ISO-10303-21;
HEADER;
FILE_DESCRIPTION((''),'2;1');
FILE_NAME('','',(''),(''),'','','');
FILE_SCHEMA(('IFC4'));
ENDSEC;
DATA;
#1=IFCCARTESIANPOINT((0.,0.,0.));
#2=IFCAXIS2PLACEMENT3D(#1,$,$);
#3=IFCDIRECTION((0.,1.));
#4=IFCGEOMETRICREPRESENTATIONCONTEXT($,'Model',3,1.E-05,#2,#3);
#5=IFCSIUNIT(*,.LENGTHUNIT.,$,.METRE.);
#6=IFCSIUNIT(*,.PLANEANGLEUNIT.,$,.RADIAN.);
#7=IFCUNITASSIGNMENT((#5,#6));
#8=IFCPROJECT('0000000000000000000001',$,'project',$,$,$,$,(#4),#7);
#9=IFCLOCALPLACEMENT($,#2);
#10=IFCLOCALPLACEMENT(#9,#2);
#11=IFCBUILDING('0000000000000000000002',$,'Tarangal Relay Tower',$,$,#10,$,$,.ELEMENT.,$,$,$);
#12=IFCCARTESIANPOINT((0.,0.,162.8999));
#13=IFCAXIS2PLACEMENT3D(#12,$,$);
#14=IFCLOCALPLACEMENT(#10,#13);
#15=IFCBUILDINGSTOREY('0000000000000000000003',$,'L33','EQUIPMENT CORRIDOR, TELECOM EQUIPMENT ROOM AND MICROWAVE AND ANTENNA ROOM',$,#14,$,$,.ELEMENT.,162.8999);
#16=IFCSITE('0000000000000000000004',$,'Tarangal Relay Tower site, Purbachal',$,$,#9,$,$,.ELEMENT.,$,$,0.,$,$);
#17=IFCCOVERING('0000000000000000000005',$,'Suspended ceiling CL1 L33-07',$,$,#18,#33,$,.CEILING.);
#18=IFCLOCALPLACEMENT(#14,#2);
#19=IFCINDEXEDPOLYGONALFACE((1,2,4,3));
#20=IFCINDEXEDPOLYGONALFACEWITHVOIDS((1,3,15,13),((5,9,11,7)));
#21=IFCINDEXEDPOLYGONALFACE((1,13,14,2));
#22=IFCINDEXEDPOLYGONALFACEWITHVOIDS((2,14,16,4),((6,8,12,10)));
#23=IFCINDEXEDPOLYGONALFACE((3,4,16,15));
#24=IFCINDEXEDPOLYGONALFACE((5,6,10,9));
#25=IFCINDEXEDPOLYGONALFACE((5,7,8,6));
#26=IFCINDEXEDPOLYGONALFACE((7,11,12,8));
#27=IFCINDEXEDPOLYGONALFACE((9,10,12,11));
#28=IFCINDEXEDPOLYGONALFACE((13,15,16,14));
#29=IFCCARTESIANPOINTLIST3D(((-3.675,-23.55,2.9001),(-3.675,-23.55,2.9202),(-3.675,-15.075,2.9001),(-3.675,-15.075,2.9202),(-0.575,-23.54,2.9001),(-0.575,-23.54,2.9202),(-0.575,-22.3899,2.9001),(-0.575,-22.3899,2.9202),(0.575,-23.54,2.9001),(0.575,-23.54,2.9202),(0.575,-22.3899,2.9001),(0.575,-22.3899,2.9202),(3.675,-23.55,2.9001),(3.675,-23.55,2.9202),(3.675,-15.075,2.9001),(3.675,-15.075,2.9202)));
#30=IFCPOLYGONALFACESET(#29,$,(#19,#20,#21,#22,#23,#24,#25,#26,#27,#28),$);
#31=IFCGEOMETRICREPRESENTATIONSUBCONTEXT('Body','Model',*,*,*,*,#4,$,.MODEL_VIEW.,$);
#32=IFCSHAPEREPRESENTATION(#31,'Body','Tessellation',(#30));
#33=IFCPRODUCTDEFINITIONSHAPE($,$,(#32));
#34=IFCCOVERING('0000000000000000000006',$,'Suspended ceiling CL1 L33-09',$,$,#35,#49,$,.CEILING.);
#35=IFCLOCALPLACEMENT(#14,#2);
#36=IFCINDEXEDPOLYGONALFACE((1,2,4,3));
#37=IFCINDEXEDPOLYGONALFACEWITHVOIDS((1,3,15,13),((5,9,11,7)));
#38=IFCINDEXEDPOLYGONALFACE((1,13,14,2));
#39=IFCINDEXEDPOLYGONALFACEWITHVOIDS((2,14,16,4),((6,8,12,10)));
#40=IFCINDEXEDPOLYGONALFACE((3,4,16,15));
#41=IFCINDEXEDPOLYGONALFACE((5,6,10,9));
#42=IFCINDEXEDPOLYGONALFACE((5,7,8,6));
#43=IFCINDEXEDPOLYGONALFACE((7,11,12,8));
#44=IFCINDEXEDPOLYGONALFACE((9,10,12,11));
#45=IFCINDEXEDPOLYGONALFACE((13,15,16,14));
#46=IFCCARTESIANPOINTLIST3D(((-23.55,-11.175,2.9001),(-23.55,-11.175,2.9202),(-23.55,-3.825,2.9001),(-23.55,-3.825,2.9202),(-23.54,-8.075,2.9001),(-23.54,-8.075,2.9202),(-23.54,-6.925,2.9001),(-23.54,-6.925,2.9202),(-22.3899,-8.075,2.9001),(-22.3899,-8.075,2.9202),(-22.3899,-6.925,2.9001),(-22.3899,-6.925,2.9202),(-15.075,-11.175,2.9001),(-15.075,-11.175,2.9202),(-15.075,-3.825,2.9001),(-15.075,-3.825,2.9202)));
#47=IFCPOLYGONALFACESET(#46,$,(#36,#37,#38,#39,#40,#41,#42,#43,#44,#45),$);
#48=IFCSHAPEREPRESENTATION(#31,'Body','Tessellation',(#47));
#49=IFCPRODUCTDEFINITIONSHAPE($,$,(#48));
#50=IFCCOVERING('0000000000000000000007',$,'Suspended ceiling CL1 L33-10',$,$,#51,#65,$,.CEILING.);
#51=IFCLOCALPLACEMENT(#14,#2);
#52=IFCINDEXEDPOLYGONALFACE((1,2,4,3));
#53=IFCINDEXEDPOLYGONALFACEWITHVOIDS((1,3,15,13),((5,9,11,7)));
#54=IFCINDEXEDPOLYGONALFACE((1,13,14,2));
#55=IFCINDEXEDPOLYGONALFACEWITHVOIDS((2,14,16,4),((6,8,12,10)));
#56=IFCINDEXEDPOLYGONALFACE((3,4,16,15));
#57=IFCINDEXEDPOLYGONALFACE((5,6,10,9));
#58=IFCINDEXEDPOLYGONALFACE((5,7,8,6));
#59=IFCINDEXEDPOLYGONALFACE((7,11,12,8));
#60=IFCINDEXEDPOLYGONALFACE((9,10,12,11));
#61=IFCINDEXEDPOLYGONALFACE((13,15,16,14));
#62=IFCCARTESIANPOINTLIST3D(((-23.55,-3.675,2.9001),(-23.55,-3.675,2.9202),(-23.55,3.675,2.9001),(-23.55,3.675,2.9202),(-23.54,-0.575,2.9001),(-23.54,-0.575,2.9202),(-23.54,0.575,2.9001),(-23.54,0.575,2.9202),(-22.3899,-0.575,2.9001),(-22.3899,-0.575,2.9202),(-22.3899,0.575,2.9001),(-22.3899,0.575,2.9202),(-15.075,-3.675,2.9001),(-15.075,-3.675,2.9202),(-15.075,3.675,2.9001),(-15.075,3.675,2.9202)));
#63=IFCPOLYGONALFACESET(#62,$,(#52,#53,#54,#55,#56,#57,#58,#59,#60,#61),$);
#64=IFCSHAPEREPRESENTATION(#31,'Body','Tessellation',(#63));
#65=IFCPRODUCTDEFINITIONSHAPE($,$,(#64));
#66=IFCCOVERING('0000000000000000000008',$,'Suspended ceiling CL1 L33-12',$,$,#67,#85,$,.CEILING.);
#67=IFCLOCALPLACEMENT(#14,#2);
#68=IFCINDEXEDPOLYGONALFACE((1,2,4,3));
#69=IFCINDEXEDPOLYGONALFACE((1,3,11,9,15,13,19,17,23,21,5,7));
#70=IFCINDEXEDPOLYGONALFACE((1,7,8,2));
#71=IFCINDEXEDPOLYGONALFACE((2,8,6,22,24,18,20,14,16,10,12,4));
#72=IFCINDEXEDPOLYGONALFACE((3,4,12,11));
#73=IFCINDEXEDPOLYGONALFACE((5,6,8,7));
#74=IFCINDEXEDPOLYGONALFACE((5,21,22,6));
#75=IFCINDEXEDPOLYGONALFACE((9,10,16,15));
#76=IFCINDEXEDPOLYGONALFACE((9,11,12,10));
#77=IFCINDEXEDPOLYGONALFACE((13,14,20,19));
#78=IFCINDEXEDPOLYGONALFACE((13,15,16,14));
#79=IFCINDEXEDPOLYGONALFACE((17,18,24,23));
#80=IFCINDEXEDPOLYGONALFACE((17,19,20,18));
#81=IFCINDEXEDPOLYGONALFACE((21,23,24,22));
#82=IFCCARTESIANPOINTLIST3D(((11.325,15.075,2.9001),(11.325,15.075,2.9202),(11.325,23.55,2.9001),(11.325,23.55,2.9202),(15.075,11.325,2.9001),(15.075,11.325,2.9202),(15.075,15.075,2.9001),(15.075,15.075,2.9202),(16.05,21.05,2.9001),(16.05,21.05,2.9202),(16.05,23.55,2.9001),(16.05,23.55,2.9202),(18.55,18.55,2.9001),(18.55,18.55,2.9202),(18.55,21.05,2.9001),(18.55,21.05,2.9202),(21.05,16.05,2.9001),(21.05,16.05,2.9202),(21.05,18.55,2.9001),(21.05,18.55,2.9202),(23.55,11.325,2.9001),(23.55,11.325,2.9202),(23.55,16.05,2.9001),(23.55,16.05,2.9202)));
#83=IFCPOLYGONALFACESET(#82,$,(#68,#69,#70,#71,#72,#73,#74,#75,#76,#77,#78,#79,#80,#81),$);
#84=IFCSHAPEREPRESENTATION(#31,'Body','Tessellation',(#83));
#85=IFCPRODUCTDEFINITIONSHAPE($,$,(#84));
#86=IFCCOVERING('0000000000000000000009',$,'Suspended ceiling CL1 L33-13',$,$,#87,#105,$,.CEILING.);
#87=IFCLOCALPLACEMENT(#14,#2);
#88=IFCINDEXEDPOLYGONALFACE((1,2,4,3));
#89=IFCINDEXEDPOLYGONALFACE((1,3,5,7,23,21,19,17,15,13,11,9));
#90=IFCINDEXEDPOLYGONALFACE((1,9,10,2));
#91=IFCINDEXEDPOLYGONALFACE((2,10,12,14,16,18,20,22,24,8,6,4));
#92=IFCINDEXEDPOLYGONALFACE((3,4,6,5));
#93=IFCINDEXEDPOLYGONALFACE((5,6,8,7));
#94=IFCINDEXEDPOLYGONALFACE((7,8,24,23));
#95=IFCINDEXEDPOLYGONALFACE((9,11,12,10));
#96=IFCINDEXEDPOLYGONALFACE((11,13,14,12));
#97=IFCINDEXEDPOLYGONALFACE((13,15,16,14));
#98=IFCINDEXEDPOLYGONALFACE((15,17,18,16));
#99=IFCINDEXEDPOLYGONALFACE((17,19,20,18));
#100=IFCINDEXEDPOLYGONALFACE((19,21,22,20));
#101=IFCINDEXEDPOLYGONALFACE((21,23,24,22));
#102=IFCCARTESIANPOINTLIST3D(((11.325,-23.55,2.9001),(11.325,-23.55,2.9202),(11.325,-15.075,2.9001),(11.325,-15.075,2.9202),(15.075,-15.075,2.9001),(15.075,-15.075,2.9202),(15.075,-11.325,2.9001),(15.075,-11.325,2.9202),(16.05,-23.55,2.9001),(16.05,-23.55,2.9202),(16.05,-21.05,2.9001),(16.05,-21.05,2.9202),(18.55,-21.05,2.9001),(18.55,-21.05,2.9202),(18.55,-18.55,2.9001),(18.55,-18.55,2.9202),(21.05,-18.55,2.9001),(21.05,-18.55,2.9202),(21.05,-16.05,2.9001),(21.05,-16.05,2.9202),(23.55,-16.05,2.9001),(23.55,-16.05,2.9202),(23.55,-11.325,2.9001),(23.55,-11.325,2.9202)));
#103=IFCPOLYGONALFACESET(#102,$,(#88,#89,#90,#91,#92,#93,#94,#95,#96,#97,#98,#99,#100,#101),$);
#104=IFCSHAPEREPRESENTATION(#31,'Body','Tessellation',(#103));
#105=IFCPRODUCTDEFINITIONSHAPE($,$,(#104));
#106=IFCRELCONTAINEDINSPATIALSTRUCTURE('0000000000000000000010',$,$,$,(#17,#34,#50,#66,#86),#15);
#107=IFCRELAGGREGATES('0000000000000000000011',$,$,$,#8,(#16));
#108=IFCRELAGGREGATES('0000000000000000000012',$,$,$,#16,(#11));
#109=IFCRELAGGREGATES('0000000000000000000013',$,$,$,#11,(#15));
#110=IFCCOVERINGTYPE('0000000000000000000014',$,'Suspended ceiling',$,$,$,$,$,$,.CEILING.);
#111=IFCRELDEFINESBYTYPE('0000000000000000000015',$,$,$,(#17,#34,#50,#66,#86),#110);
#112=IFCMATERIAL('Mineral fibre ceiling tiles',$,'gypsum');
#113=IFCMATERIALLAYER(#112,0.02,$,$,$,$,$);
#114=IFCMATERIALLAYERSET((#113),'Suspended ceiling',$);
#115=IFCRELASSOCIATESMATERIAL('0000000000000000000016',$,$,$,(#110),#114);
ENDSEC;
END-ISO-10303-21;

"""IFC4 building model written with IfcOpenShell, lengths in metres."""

from ifc_helpers import new_model, si_unit, direction, frame, origin, place, context, subcontext, project, spatial, polyline, outline, extrude, material, layer, layer_set, type_object, element, save


model = new_model("IFC4")

# Units and contexts
model_context = context("Model", 3, precision=1e-05, world=origin(), true_north=direction((0.0, 1.0)))
body_context = subcontext(model_context, "Body", "Model", "MODEL_VIEW")
ifc_project = project(units=[si_unit("LENGTHUNIT", "METRE"), si_unit("PLANEANGLEUNIT", "RADIAN")], contexts=[model_context])

# Site, building, storey
site_placement = place(None, origin())
site = spatial("IfcSite", under=ifc_project, at=site_placement, Name="Tarangal Relay Tower site, Purbachal", CompositionType="ELEMENT", RefElevation=0.0)
building_placement = place(site_placement, origin())
building = spatial("IfcBuilding", under=site, at=building_placement, Name="Tarangal Relay Tower", CompositionType="ELEMENT")
storey_placement = place(building_placement, frame((0.0, 0.0, 162.8999)))
storey = spatial("IfcBuildingStorey", under=building, at=storey_placement, Name="L33", Description="EQUIPMENT CORRIDOR, TELECOM EQUIPMENT ROOM AND MICROWAVE AND ANTENNA ROOM", CompositionType="ELEMENT", Elevation=162.8999)

# Coverings
ifc_material_1 = material(Name="Mineral fibre ceiling tiles", Category="gypsum")
ifc_layer_1 = layer(ifc_material_1, 0.02)
ifc_layer_set_1 = layer_set([ifc_layer_1], Name="Suspended ceiling")
covering_type_1 = type_object("IfcCoveringType", Name="Suspended ceiling", PredefinedType="CEILING", material=ifc_layer_set_1)
covering_1_placement = place(storey_placement, frame((0.0, 0.0, 2.9001)))
element("IfcCovering", 1, at=covering_1_placement, inside=storey, type_object=covering_type_1, Name="Suspended ceiling CL1 L33-07", PredefinedType="CEILING", context=body_context, shape_type="SweptSolid", body=[
    extrude(outline(polyline([(-3.675, -23.55), (3.675, -23.55), (3.675, -15.075), (-3.675, -15.075), (-3.675, -23.55)]), holes=[polyline([(0.575, -22.3899), (-0.575, -22.3899), (-0.575, -23.54), (0.575, -23.54), (0.575, -22.3899)])]), origin(), (0.0, 0.0, 1.0), 0.02),
])
covering_2_placement = place(storey_placement, frame((0.0, 0.0, 2.9001)))
element("IfcCovering", 2, at=covering_2_placement, inside=storey, type_object=covering_type_1, Name="Suspended ceiling CL1 L33-09", PredefinedType="CEILING", context=body_context, shape_type="SweptSolid", body=[
    extrude(outline(polyline([(-23.55, -3.825), (-23.55, -11.175), (-15.075, -11.175), (-15.075, -3.825), (-23.55, -3.825)]), holes=[polyline([(-22.3899, -6.925), (-23.54, -6.925), (-23.54, -8.075), (-22.3899, -8.075), (-22.3899, -6.925)])]), origin(), (0.0, 0.0, 1.0), 0.02),
])
covering_3_placement = place(storey_placement, frame((0.0, 0.0, 2.9001)))
element("IfcCovering", 3, at=covering_3_placement, inside=storey, type_object=covering_type_1, Name="Suspended ceiling CL1 L33-10", PredefinedType="CEILING", context=body_context, shape_type="SweptSolid", body=[
    extrude(outline(polyline([(-23.55, 3.675), (-23.55, -3.675), (-15.075, -3.675), (-15.075, 3.675), (-23.55, 3.675)]), holes=[polyline([(-22.3899, 0.575), (-23.54, 0.575), (-23.54, -0.575), (-22.3899, -0.575), (-22.3899, 0.575)])]), origin(), (0.0, 0.0, 1.0), 0.02),
])
covering_4_placement = place(storey_placement, frame((0.0, 0.0, 2.9001)))
element("IfcCovering", 4, at=covering_4_placement, inside=storey, type_object=covering_type_1, Name="Suspended ceiling CL1 L33-12", PredefinedType="CEILING", context=body_context, shape_type="SweptSolid", body=[
    extrude(outline(polyline([(16.05, 23.55), (11.325, 23.55), (11.325, 15.075), (15.075, 15.075), (15.075, 11.325), (23.55, 11.325), (23.55, 16.05), (21.05, 16.05), (21.05, 18.55), (18.55, 18.55), (18.55, 21.05), (16.05, 21.05), (16.05, 23.55)])), origin(), (0.0, 0.0, 1.0), 0.02),
])
covering_5_placement = place(storey_placement, frame((0.0, 0.0, 2.9001)))
element("IfcCovering", 5, at=covering_5_placement, inside=storey, type_object=covering_type_1, Name="Suspended ceiling CL1 L33-13", PredefinedType="CEILING", context=body_context, shape_type="SweptSolid", body=[
    extrude(outline(polyline([(23.55, -16.05), (23.55, -11.325), (15.075, -11.325), (15.075, -15.075), (11.325, -15.075), (11.325, -23.55), (16.05, -23.55), (16.05, -21.05), (18.55, -21.05), (18.55, -18.55), (21.05, -18.55), (21.05, -16.05), (23.55, -16.05)])), origin(), (0.0, 0.0, 1.0), 0.02),
])

save(model, "model.ifc")
